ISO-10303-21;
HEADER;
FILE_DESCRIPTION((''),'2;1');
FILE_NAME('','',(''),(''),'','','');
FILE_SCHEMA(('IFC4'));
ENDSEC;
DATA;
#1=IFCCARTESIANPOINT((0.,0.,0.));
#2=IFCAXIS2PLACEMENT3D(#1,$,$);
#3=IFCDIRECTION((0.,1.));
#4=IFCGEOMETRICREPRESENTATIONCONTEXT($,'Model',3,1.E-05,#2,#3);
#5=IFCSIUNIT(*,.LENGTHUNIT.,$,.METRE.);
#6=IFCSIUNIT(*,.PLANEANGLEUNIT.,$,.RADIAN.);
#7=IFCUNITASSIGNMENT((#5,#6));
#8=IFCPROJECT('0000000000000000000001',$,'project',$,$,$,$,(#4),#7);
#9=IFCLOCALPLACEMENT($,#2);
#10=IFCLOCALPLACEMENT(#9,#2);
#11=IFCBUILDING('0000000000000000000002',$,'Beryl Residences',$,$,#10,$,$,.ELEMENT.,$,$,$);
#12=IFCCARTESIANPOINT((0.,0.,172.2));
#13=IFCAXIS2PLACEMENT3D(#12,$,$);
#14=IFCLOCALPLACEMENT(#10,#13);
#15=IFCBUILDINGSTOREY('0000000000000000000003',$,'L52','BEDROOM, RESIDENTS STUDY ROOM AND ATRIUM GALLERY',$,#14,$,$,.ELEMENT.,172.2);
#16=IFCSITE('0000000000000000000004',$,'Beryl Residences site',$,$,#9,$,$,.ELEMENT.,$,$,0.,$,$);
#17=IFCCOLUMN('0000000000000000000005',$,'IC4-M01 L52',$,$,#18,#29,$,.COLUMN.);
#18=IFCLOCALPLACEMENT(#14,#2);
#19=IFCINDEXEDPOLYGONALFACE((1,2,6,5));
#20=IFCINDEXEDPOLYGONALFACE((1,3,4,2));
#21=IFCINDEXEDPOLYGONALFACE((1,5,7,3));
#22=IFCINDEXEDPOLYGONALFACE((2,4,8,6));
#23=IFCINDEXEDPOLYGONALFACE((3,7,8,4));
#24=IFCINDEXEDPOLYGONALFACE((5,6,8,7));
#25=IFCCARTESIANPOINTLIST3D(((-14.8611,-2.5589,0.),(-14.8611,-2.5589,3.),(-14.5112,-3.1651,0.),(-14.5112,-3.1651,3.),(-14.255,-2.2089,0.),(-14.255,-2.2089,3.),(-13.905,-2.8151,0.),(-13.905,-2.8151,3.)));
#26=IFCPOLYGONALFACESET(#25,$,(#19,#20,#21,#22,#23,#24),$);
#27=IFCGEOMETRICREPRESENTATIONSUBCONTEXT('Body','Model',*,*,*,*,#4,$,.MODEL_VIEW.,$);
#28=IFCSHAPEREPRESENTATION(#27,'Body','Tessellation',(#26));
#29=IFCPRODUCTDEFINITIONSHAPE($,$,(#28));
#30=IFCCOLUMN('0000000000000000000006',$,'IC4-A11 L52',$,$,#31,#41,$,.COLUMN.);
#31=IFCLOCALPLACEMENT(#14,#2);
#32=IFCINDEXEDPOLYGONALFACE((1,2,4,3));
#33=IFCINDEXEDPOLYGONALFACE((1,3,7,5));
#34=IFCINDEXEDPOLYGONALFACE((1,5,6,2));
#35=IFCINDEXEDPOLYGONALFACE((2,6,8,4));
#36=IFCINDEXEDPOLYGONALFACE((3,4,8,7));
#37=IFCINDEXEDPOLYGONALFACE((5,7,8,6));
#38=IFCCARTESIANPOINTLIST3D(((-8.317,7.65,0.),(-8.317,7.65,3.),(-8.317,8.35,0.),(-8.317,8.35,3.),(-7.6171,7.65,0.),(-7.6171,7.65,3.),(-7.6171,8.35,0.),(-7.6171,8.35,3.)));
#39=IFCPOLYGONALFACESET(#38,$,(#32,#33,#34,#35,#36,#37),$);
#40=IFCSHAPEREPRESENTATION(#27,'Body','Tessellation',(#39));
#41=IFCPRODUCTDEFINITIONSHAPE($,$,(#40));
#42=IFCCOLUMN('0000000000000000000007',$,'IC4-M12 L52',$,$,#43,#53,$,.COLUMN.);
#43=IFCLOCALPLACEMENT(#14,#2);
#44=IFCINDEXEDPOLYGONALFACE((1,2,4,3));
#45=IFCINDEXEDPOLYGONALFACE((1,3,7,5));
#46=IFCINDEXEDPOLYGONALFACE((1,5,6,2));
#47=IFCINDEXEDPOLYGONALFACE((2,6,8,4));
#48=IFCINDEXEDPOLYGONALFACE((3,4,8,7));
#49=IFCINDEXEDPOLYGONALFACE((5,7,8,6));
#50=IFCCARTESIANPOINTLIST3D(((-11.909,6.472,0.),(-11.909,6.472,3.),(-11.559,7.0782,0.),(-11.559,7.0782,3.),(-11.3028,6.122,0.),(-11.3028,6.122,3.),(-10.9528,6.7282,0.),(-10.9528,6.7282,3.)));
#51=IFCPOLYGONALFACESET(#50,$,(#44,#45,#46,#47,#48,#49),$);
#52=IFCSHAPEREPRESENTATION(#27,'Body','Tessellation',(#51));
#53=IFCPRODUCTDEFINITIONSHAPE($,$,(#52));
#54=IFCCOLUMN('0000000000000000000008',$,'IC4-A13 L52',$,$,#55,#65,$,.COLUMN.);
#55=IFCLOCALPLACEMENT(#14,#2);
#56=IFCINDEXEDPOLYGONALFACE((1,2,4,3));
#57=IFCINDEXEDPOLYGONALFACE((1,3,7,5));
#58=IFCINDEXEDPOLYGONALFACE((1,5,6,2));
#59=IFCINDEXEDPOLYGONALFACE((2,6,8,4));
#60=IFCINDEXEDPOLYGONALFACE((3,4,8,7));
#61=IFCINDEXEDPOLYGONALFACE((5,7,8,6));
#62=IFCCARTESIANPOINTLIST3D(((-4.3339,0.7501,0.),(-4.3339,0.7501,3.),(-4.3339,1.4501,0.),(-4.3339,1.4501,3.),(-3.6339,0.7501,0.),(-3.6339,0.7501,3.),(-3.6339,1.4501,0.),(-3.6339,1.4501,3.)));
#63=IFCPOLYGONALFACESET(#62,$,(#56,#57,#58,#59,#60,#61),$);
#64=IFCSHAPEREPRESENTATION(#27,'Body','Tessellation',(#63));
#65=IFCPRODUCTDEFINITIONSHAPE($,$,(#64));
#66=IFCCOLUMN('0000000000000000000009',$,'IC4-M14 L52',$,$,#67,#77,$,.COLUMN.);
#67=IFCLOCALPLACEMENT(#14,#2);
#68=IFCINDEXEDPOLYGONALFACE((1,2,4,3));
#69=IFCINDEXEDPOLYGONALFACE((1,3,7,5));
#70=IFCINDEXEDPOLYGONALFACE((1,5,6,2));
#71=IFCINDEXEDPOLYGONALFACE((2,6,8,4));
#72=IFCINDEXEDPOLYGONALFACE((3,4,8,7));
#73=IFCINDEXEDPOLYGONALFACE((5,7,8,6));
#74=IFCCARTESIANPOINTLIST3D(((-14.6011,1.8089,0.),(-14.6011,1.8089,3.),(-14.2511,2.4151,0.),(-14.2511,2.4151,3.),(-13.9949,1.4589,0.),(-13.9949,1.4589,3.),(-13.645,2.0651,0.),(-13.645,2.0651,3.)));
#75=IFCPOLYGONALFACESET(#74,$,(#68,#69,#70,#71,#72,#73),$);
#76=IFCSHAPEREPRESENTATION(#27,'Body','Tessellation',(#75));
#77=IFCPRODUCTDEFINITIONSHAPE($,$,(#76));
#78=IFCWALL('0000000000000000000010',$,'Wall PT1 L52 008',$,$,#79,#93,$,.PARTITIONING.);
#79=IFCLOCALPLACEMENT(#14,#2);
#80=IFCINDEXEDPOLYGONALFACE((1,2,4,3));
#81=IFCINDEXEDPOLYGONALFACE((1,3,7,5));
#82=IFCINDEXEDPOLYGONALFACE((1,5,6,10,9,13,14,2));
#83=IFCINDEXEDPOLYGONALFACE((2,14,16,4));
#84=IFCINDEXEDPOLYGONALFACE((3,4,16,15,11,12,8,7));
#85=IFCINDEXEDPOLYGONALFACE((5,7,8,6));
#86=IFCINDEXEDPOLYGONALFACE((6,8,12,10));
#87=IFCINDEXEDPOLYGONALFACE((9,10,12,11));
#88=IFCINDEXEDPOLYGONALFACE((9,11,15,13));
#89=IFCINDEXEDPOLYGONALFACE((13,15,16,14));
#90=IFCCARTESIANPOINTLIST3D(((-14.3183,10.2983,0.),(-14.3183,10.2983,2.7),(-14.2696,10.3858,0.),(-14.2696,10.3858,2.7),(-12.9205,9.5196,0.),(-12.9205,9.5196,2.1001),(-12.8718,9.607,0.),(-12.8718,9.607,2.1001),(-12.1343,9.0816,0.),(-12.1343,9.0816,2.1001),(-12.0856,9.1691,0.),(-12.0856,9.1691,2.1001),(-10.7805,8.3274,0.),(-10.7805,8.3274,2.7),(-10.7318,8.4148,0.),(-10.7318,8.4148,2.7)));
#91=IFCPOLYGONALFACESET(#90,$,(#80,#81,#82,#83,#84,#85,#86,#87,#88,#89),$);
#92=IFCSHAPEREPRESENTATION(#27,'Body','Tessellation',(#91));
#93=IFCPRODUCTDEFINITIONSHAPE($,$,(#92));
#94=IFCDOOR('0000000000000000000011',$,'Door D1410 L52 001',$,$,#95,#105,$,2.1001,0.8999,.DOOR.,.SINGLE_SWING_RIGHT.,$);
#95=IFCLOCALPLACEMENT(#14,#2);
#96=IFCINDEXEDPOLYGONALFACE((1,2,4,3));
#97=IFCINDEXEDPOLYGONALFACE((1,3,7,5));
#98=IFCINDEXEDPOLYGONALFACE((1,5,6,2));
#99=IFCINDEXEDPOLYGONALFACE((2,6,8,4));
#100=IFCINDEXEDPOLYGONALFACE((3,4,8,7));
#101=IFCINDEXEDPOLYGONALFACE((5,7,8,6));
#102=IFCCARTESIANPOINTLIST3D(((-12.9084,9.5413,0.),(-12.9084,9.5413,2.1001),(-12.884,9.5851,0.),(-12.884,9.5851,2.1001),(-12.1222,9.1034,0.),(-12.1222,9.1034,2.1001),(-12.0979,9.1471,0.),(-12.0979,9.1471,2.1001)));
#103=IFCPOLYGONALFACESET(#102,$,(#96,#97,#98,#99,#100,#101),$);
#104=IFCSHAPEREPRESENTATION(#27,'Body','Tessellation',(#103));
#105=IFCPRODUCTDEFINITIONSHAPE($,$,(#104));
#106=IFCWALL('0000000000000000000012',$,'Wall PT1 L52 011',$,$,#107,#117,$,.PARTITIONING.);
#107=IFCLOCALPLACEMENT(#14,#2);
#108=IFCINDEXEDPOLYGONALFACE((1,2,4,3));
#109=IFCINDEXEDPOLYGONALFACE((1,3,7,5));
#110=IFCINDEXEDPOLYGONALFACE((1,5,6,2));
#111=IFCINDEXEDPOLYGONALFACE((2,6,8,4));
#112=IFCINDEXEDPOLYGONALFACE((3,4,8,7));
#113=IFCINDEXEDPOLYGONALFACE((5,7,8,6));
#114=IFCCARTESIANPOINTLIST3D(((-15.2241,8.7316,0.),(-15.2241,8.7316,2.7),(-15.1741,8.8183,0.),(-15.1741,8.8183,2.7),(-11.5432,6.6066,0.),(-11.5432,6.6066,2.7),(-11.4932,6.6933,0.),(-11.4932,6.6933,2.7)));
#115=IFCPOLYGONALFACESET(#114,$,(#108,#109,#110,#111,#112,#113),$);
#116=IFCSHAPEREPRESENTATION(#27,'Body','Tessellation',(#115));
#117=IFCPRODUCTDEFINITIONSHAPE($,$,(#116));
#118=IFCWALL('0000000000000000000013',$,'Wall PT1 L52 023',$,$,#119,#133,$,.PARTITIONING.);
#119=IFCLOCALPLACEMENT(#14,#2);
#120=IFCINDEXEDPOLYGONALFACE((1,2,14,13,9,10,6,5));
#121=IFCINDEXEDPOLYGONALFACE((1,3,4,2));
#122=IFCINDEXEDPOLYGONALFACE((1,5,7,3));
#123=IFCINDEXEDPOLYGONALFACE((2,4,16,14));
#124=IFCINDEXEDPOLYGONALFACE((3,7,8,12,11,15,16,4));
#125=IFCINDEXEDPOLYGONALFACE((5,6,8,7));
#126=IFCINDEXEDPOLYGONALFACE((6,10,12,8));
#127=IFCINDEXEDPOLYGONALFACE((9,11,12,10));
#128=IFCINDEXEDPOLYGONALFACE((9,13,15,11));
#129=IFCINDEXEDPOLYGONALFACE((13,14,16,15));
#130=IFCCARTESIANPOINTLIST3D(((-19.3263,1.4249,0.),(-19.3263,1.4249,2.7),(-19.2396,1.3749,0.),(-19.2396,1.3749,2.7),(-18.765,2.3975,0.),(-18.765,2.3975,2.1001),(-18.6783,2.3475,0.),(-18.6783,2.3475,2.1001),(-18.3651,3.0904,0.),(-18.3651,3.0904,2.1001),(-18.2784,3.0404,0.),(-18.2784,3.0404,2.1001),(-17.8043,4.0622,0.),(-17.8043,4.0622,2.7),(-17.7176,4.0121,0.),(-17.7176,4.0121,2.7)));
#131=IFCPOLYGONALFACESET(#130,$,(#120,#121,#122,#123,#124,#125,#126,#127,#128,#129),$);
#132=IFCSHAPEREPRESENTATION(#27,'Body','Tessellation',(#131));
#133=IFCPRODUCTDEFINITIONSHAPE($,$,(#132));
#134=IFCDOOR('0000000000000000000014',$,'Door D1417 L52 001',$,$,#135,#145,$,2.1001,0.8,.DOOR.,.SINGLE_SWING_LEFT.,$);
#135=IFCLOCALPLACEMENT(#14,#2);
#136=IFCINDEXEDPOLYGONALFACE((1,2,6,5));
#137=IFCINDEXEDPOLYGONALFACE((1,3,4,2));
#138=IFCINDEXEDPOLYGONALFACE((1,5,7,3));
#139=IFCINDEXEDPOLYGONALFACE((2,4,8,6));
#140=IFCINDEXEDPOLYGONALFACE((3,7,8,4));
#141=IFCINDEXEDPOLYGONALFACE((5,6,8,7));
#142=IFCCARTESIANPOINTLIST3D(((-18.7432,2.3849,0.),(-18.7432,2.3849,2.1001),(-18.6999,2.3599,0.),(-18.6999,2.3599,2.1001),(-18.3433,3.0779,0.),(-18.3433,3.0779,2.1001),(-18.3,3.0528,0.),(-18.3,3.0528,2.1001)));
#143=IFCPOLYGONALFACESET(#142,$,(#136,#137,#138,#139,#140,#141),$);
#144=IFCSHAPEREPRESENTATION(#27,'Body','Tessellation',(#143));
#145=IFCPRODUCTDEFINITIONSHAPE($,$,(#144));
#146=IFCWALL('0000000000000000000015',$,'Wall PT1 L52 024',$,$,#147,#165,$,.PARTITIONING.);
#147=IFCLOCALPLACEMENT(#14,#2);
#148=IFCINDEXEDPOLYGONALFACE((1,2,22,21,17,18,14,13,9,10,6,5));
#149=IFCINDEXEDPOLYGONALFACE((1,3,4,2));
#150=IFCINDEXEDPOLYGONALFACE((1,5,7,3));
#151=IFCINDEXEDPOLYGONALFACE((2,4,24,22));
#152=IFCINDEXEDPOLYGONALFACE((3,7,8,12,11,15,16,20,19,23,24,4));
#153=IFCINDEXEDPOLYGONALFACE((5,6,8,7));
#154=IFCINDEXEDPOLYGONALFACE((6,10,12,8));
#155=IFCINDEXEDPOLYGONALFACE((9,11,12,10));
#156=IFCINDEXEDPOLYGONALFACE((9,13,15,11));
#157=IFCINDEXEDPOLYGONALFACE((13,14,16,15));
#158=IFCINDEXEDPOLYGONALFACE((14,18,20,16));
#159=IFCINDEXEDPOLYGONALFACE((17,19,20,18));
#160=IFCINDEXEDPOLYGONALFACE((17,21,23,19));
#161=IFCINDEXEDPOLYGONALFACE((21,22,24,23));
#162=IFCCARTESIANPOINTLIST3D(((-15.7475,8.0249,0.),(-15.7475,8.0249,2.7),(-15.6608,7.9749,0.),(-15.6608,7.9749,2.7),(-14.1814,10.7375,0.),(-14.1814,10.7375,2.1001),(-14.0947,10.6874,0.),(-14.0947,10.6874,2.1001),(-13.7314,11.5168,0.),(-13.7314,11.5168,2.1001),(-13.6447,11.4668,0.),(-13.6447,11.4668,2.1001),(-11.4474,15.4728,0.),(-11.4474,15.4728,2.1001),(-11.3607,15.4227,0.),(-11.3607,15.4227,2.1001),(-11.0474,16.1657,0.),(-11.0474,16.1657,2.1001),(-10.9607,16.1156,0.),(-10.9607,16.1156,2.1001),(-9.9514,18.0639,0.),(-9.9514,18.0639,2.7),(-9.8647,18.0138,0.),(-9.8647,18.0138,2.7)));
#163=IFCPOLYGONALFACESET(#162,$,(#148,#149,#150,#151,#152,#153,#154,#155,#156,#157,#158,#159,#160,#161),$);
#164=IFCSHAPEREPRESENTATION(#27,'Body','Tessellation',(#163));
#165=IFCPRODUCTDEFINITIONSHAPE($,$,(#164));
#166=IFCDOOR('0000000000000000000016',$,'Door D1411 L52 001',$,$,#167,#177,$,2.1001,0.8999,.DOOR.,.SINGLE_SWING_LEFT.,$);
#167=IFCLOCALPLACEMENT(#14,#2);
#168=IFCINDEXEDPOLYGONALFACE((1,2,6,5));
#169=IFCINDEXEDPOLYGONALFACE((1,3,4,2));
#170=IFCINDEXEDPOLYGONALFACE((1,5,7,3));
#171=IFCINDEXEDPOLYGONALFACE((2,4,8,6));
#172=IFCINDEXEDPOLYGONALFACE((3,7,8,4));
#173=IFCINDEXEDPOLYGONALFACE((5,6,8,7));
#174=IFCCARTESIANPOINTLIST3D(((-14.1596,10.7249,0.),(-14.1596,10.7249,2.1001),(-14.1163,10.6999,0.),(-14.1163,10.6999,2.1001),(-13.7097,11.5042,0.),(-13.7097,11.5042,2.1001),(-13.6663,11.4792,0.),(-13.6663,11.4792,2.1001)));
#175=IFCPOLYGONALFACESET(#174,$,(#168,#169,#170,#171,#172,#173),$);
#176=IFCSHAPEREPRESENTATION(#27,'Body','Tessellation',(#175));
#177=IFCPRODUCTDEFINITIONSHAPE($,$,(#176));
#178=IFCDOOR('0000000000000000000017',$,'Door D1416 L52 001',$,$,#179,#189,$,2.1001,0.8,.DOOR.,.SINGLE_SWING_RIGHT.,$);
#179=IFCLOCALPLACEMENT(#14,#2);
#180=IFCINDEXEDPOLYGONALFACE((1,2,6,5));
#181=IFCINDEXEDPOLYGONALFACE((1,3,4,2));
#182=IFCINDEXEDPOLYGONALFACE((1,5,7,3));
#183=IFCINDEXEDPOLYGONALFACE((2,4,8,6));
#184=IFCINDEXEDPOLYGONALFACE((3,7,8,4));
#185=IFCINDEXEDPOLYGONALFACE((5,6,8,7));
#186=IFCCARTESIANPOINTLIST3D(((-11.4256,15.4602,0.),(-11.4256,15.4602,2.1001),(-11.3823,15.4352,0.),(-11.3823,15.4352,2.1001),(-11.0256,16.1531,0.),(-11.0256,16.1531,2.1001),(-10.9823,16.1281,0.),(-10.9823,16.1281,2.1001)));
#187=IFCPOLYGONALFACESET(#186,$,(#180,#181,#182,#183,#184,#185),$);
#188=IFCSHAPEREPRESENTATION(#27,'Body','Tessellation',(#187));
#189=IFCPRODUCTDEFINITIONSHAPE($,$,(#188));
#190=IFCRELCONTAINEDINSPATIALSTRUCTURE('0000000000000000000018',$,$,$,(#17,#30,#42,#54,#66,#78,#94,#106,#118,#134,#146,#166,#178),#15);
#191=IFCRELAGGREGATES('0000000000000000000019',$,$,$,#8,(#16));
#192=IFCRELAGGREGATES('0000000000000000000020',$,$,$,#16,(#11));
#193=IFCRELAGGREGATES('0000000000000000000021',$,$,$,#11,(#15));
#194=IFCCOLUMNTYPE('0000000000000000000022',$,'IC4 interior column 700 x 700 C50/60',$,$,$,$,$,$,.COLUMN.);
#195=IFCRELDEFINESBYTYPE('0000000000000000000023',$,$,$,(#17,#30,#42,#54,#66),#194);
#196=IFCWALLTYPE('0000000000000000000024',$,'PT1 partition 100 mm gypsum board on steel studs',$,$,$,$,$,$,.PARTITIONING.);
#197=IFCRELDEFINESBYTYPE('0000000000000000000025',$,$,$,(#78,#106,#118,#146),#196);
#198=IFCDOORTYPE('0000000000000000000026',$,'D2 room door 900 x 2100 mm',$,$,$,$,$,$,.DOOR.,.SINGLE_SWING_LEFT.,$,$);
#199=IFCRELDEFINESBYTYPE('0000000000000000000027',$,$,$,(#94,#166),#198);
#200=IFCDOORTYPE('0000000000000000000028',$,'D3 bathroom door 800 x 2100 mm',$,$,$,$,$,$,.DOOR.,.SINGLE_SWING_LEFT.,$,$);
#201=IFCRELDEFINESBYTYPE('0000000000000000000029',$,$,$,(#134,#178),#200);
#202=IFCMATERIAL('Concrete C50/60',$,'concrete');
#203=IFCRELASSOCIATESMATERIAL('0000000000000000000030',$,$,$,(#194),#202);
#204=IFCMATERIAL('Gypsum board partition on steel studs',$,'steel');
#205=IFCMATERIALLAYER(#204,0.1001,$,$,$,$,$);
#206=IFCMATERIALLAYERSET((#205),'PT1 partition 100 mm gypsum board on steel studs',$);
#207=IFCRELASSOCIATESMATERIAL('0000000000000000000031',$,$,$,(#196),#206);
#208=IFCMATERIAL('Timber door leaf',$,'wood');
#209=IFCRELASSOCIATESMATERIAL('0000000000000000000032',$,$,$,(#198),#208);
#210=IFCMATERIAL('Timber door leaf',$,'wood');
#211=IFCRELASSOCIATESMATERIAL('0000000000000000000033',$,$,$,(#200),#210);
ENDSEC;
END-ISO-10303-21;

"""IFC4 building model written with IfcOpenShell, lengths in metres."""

from ifc_helpers import new_model, si_unit, direction, frame, frame_2d, origin, origin_2d, place, context, subcontext, project, spatial, rectangle, extrude, material, layer, layer_set, material_profile, profile_set, type_object, element, fill, save


model = new_model("IFC4")

# Units and contexts
model_context = context("Model", 3, precision=1e-05, world=origin(), true_north=direction((0.0, 1.0)))
body_context = subcontext(model_context, "Body", "Model", "MODEL_VIEW")
ifc_project = project(units=[si_unit("LENGTHUNIT", "METRE"), si_unit("PLANEANGLEUNIT", "RADIAN")], contexts=[model_context])

# Site, building, storey
site_placement = place(None, origin())
site = spatial("IfcSite", under=ifc_project, at=site_placement, Name="Beryl Residences site", CompositionType="ELEMENT", RefElevation=0.0)
building_placement = place(site_placement, origin())
building = spatial("IfcBuilding", under=site, at=building_placement, Name="Beryl Residences", CompositionType="ELEMENT")
storey_placement = place(building_placement, frame((0.0, 0.0, 172.2)))
storey = spatial("IfcBuildingStorey", under=building, at=storey_placement, Name="L52", Description="BEDROOM, RESIDENTS STUDY ROOM AND ATRIUM GALLERY", CompositionType="ELEMENT", Elevation=172.2)

# Columns
ifc_material_1 = material(Name="Concrete C50/60", Category="concrete")
ifc_material_profile = material_profile(ifc_material_1, rectangle(XDim=0.7, YDim=0.7, at=origin_2d()))
ifc_profile_set = profile_set([ifc_material_profile], Name="Concrete C50/60")
column_type = type_object("IfcColumnType", Name="IC4 interior column 700 x 700 C50/60", PredefinedType="COLUMN", material=ifc_profile_set)
for number, where, z_axis, x_axis, name in (
    (1, (-14.3831, -2.687, 0.0), (0.0, 0.0, 1.0), (0.5, -0.866025, 0.0), "IC4-M01 L52"),
    (2, (-7.967, 8.0, 0.0), (0.0, 0.0, 1.0), (1.0, 0.0, 0.0), "IC4-A11 L52"),
    (3, (-11.4309, 6.6001, 0.0), (0.0, 0.0, 1.0), (-0.5, -0.866025, 0.0), "IC4-M12 L52"),
    (4, (-3.9839, 1.1001, 0.0), (0.0, 0.0, 1.0), (1.0, 0.0, 0.0), "IC4-A13 L52"),
    (5, (-14.123, 1.937, 0.0), (0.0, 0.0, 1.0), (-0.5, -0.866025, 0.0), "IC4-M14 L52"),
):
    element("IfcColumn", number, at=place(storey_placement, frame(where, z_axis=z_axis, x_axis=x_axis)), inside=storey, type_object=column_type, Name=name, PredefinedType="COLUMN", context=body_context, shape_type="SweptSolid", body=[
        extrude(rectangle(XDim=0.7, YDim=0.7, at=origin_2d()), origin(), (0.0, 0.0, 1.0), 3.0),
    ])

# Wall, opening, door
ifc_material_2 = material(Name="Gypsum board partition on steel studs", Category="steel")
ifc_layer_1 = layer(ifc_material_2, 0.1001)
ifc_layer_set_1 = layer_set([ifc_layer_1], Name="PT1 partition 100 mm gypsum board on steel studs")
wall_type_1 = type_object("IfcWallType", Name="PT1 partition 100 mm gypsum board on steel studs", PredefinedType="PARTITIONING", material=ifc_layer_set_1)
wall_1_placement = place(storey_placement, frame((-14.2939, 10.342, 0.0), z_axis=(0.0, 0.0, 1.0), x_axis=(0.873582, -0.486677, 0.0)))
wall_1 = element("IfcWall", 6, at=wall_1_placement, inside=storey, type_object=wall_type_1, Name="Wall PT1 L52 008", PredefinedType="PARTITIONING", context=body_context, shape_type="SweptSolid", body=[
    extrude(rectangle(XDim=4.0498, YDim=0.1001, at=frame_2d((2.0249, 0.0))), origin(), (0.0, 0.0, 1.0), 2.7),
])
opening_1_placement = place(wall_1_placement, frame((1.6001, 0.0, 0.0)))
opening_1 = element("IfcOpeningElement", 7, at=opening_1_placement, cuts=wall_1, PredefinedType="OPENING", context=body_context, shape_type="SweptSolid", body=[
    extrude(rectangle(XDim=0.8999, YDim=2.1001, at=frame_2d((0.45, 1.05))), frame((0.0, 0.0601, 0.0), z_axis=(0.0, -1.0, 0.0), x_axis=(1.0, 0.0, 0.0)), (0.0, 0.0, 1.0), 0.1201),
])
ifc_material_3 = material(Name="Timber door leaf", Category="wood")
door_type_1 = type_object("IfcDoorType", Name="D2 room door 900 x 2100 mm", OperationType="SINGLE_SWING_LEFT", PredefinedType="DOOR", material=ifc_material_3)
door_1_placement = place(opening_1_placement, origin())
door_1 = element("IfcDoor", 8, at=door_1_placement, inside=storey, type_object=door_type_1, Name="Door D1410 L52 001", OperationType="SINGLE_SWING_RIGHT", OverallHeight=2.1001, OverallWidth=0.8999, PredefinedType="DOOR", context=body_context, shape_type="SweptSolid", body=[
    extrude(rectangle(XDim=0.8999, YDim=2.1001, at=frame_2d((0.45, 1.05))), frame((0.0, 0.0249, 0.0), z_axis=(0.0, -1.0, 0.0), x_axis=(1.0, 0.0, 0.0)), (0.0, 0.0, 1.0), 0.05),
])
fill(opening_1, door_1)

# Wall
wall_2_placement = place(storey_placement, frame((-15.199, 8.7749, 0.0), z_axis=(0.0, 0.0, 1.0), x_axis=(0.866043, -0.499969, 0.0)))
element("IfcWall", 9, at=wall_2_placement, inside=storey, type_object=wall_type_1, Name="Wall PT1 L52 011", PredefinedType="PARTITIONING", context=body_context, shape_type="SweptSolid", body=[
    extrude(rectangle(XDim=4.2502, YDim=0.1001, at=frame_2d((2.125, 0.0))), origin(), (0.0, 0.0, 1.0), 2.7),
])

# Wall, opening, door
wall_3_placement = place(storey_placement, frame((-19.283, 1.3999, 0.0), z_axis=(0.0, 0.0, 1.0), x_axis=(0.499847, 0.866113, 0.0)))
wall_3 = element("IfcWall", 10, at=wall_3_placement, inside=storey, type_object=wall_type_1, Name="Wall PT1 L52 023", PredefinedType="PARTITIONING", context=body_context, shape_type="SweptSolid", body=[
    extrude(rectangle(XDim=3.0449, YDim=0.1001, at=frame_2d((1.5225, 0.0))), origin(), (0.0, 0.0, 1.0), 2.7),
])
opening_2_placement = place(wall_3_placement, frame((1.123, 0.0, 0.0)))
opening_2 = element("IfcOpeningElement", 11, at=opening_2_placement, cuts=wall_3, PredefinedType="OPENING", context=body_context, shape_type="SweptSolid", body=[
    extrude(rectangle(XDim=0.8, YDim=2.1001, at=frame_2d((0.3999, 1.05))), frame((0.0, 0.0601, 0.0), z_axis=(0.0, -1.0, 0.0), x_axis=(1.0, 0.0, 0.0)), (0.0, 0.0, 1.0), 0.1201),
])
ifc_material_4 = material(Name="Timber door leaf", Category="wood")
door_type_2 = type_object("IfcDoorType", Name="D3 bathroom door 800 x 2100 mm", OperationType="SINGLE_SWING_LEFT", PredefinedType="DOOR", material=ifc_material_4)
door_2_placement = place(opening_2_placement, origin())
door_2 = element("IfcDoor", 12, at=door_2_placement, inside=storey, type_object=door_type_2, Name="Door D1417 L52 001", OperationType="SINGLE_SWING_LEFT", OverallHeight=2.1001, OverallWidth=0.8, PredefinedType="DOOR", context=body_context, shape_type="SweptSolid", body=[
    extrude(rectangle(XDim=0.8, YDim=2.1001, at=frame_2d((0.3999, 1.05))), frame((0.0, 0.0249, 0.0), z_axis=(0.0, -1.0, 0.0), x_axis=(1.0, 0.0, 0.0)), (0.0, 0.0, 1.0), 0.05),
])
fill(opening_2, door_2)

# Wall, openings, doors
wall_4_placement = place(storey_placement, frame((-15.7041, 8.0, 0.0), z_axis=(0.0, 0.0, 1.0), x_axis=(0.500006, 0.866022, 0.0)))
wall_4 = element("IfcWall", 13, at=wall_4_placement, inside=storey, type_object=wall_type_1, Name="Wall PT1 L52 024", PredefinedType="PARTITIONING", context=body_context, shape_type="SweptSolid", body=[
    extrude(rectangle(XDim=11.592, YDim=0.1001, at=frame_2d((5.7959, 0.0))), origin(), (0.0, 0.0, 1.0), 2.7),
])
opening_3_placement = place(wall_4_placement, frame((3.1321, 0.0, 0.0)))
opening_3 = element("IfcOpeningElement", 14, at=opening_3_placement, cuts=wall_4, PredefinedType="OPENING", context=body_context, shape_type="SweptSolid", body=[
    extrude(rectangle(XDim=0.8999, YDim=2.1001, at=frame_2d((0.45, 1.05))), frame((0.0, 0.0601, 0.0), z_axis=(0.0, -1.0, 0.0), x_axis=(1.0, 0.0, 0.0)), (0.0, 0.0, 1.0), 0.1201),
])
opening_4_placement = place(wall_4_placement, frame((8.6001, 0.0, 0.0)))
opening_4 = element("IfcOpeningElement", 15, at=opening_4_placement, cuts=wall_4, PredefinedType="OPENING", context=body_context, shape_type="SweptSolid", body=[
    extrude(rectangle(XDim=0.8, YDim=2.1001, at=frame_2d((0.3999, 1.05))), frame((0.0, 0.0601, 0.0), z_axis=(0.0, -1.0, 0.0), x_axis=(1.0, 0.0, 0.0)), (0.0, 0.0, 1.0), 0.1201),
])
door_3_placement = place(opening_3_placement, origin())
door_3 = element("IfcDoor", 16, at=door_3_placement, inside=storey, type_object=door_type_1, Name="Door D1411 L52 001", OperationType="SINGLE_SWING_LEFT", OverallHeight=2.1001, OverallWidth=0.8999, PredefinedType="DOOR", context=body_context, shape_type="SweptSolid", body=[
    extrude(rectangle(XDim=0.8999, YDim=2.1001, at=frame_2d((0.45, 1.05))), frame((0.0, 0.0249, 0.0), z_axis=(0.0, -1.0, 0.0), x_axis=(1.0, 0.0, 0.0)), (0.0, 0.0, 1.0), 0.05),
])
fill(opening_3, door_3)
door_4_placement = place(opening_4_placement, origin())
door_4 = element("IfcDoor", 17, at=door_4_placement, inside=storey, type_object=door_type_2, Name="Door D1416 L52 001", OperationType="SINGLE_SWING_RIGHT", OverallHeight=2.1001, OverallWidth=0.8, PredefinedType="DOOR", context=body_context, shape_type="SweptSolid", body=[
    extrude(rectangle(XDim=0.8, YDim=2.1001, at=frame_2d((0.3999, 1.05))), frame((0.0, 0.0249, 0.0), z_axis=(0.0, -1.0, 0.0), x_axis=(1.0, 0.0, 0.0)), (0.0, 0.0, 1.0), 0.05),
])
fill(opening_4, door_4)

save(model, "model.ifc")
